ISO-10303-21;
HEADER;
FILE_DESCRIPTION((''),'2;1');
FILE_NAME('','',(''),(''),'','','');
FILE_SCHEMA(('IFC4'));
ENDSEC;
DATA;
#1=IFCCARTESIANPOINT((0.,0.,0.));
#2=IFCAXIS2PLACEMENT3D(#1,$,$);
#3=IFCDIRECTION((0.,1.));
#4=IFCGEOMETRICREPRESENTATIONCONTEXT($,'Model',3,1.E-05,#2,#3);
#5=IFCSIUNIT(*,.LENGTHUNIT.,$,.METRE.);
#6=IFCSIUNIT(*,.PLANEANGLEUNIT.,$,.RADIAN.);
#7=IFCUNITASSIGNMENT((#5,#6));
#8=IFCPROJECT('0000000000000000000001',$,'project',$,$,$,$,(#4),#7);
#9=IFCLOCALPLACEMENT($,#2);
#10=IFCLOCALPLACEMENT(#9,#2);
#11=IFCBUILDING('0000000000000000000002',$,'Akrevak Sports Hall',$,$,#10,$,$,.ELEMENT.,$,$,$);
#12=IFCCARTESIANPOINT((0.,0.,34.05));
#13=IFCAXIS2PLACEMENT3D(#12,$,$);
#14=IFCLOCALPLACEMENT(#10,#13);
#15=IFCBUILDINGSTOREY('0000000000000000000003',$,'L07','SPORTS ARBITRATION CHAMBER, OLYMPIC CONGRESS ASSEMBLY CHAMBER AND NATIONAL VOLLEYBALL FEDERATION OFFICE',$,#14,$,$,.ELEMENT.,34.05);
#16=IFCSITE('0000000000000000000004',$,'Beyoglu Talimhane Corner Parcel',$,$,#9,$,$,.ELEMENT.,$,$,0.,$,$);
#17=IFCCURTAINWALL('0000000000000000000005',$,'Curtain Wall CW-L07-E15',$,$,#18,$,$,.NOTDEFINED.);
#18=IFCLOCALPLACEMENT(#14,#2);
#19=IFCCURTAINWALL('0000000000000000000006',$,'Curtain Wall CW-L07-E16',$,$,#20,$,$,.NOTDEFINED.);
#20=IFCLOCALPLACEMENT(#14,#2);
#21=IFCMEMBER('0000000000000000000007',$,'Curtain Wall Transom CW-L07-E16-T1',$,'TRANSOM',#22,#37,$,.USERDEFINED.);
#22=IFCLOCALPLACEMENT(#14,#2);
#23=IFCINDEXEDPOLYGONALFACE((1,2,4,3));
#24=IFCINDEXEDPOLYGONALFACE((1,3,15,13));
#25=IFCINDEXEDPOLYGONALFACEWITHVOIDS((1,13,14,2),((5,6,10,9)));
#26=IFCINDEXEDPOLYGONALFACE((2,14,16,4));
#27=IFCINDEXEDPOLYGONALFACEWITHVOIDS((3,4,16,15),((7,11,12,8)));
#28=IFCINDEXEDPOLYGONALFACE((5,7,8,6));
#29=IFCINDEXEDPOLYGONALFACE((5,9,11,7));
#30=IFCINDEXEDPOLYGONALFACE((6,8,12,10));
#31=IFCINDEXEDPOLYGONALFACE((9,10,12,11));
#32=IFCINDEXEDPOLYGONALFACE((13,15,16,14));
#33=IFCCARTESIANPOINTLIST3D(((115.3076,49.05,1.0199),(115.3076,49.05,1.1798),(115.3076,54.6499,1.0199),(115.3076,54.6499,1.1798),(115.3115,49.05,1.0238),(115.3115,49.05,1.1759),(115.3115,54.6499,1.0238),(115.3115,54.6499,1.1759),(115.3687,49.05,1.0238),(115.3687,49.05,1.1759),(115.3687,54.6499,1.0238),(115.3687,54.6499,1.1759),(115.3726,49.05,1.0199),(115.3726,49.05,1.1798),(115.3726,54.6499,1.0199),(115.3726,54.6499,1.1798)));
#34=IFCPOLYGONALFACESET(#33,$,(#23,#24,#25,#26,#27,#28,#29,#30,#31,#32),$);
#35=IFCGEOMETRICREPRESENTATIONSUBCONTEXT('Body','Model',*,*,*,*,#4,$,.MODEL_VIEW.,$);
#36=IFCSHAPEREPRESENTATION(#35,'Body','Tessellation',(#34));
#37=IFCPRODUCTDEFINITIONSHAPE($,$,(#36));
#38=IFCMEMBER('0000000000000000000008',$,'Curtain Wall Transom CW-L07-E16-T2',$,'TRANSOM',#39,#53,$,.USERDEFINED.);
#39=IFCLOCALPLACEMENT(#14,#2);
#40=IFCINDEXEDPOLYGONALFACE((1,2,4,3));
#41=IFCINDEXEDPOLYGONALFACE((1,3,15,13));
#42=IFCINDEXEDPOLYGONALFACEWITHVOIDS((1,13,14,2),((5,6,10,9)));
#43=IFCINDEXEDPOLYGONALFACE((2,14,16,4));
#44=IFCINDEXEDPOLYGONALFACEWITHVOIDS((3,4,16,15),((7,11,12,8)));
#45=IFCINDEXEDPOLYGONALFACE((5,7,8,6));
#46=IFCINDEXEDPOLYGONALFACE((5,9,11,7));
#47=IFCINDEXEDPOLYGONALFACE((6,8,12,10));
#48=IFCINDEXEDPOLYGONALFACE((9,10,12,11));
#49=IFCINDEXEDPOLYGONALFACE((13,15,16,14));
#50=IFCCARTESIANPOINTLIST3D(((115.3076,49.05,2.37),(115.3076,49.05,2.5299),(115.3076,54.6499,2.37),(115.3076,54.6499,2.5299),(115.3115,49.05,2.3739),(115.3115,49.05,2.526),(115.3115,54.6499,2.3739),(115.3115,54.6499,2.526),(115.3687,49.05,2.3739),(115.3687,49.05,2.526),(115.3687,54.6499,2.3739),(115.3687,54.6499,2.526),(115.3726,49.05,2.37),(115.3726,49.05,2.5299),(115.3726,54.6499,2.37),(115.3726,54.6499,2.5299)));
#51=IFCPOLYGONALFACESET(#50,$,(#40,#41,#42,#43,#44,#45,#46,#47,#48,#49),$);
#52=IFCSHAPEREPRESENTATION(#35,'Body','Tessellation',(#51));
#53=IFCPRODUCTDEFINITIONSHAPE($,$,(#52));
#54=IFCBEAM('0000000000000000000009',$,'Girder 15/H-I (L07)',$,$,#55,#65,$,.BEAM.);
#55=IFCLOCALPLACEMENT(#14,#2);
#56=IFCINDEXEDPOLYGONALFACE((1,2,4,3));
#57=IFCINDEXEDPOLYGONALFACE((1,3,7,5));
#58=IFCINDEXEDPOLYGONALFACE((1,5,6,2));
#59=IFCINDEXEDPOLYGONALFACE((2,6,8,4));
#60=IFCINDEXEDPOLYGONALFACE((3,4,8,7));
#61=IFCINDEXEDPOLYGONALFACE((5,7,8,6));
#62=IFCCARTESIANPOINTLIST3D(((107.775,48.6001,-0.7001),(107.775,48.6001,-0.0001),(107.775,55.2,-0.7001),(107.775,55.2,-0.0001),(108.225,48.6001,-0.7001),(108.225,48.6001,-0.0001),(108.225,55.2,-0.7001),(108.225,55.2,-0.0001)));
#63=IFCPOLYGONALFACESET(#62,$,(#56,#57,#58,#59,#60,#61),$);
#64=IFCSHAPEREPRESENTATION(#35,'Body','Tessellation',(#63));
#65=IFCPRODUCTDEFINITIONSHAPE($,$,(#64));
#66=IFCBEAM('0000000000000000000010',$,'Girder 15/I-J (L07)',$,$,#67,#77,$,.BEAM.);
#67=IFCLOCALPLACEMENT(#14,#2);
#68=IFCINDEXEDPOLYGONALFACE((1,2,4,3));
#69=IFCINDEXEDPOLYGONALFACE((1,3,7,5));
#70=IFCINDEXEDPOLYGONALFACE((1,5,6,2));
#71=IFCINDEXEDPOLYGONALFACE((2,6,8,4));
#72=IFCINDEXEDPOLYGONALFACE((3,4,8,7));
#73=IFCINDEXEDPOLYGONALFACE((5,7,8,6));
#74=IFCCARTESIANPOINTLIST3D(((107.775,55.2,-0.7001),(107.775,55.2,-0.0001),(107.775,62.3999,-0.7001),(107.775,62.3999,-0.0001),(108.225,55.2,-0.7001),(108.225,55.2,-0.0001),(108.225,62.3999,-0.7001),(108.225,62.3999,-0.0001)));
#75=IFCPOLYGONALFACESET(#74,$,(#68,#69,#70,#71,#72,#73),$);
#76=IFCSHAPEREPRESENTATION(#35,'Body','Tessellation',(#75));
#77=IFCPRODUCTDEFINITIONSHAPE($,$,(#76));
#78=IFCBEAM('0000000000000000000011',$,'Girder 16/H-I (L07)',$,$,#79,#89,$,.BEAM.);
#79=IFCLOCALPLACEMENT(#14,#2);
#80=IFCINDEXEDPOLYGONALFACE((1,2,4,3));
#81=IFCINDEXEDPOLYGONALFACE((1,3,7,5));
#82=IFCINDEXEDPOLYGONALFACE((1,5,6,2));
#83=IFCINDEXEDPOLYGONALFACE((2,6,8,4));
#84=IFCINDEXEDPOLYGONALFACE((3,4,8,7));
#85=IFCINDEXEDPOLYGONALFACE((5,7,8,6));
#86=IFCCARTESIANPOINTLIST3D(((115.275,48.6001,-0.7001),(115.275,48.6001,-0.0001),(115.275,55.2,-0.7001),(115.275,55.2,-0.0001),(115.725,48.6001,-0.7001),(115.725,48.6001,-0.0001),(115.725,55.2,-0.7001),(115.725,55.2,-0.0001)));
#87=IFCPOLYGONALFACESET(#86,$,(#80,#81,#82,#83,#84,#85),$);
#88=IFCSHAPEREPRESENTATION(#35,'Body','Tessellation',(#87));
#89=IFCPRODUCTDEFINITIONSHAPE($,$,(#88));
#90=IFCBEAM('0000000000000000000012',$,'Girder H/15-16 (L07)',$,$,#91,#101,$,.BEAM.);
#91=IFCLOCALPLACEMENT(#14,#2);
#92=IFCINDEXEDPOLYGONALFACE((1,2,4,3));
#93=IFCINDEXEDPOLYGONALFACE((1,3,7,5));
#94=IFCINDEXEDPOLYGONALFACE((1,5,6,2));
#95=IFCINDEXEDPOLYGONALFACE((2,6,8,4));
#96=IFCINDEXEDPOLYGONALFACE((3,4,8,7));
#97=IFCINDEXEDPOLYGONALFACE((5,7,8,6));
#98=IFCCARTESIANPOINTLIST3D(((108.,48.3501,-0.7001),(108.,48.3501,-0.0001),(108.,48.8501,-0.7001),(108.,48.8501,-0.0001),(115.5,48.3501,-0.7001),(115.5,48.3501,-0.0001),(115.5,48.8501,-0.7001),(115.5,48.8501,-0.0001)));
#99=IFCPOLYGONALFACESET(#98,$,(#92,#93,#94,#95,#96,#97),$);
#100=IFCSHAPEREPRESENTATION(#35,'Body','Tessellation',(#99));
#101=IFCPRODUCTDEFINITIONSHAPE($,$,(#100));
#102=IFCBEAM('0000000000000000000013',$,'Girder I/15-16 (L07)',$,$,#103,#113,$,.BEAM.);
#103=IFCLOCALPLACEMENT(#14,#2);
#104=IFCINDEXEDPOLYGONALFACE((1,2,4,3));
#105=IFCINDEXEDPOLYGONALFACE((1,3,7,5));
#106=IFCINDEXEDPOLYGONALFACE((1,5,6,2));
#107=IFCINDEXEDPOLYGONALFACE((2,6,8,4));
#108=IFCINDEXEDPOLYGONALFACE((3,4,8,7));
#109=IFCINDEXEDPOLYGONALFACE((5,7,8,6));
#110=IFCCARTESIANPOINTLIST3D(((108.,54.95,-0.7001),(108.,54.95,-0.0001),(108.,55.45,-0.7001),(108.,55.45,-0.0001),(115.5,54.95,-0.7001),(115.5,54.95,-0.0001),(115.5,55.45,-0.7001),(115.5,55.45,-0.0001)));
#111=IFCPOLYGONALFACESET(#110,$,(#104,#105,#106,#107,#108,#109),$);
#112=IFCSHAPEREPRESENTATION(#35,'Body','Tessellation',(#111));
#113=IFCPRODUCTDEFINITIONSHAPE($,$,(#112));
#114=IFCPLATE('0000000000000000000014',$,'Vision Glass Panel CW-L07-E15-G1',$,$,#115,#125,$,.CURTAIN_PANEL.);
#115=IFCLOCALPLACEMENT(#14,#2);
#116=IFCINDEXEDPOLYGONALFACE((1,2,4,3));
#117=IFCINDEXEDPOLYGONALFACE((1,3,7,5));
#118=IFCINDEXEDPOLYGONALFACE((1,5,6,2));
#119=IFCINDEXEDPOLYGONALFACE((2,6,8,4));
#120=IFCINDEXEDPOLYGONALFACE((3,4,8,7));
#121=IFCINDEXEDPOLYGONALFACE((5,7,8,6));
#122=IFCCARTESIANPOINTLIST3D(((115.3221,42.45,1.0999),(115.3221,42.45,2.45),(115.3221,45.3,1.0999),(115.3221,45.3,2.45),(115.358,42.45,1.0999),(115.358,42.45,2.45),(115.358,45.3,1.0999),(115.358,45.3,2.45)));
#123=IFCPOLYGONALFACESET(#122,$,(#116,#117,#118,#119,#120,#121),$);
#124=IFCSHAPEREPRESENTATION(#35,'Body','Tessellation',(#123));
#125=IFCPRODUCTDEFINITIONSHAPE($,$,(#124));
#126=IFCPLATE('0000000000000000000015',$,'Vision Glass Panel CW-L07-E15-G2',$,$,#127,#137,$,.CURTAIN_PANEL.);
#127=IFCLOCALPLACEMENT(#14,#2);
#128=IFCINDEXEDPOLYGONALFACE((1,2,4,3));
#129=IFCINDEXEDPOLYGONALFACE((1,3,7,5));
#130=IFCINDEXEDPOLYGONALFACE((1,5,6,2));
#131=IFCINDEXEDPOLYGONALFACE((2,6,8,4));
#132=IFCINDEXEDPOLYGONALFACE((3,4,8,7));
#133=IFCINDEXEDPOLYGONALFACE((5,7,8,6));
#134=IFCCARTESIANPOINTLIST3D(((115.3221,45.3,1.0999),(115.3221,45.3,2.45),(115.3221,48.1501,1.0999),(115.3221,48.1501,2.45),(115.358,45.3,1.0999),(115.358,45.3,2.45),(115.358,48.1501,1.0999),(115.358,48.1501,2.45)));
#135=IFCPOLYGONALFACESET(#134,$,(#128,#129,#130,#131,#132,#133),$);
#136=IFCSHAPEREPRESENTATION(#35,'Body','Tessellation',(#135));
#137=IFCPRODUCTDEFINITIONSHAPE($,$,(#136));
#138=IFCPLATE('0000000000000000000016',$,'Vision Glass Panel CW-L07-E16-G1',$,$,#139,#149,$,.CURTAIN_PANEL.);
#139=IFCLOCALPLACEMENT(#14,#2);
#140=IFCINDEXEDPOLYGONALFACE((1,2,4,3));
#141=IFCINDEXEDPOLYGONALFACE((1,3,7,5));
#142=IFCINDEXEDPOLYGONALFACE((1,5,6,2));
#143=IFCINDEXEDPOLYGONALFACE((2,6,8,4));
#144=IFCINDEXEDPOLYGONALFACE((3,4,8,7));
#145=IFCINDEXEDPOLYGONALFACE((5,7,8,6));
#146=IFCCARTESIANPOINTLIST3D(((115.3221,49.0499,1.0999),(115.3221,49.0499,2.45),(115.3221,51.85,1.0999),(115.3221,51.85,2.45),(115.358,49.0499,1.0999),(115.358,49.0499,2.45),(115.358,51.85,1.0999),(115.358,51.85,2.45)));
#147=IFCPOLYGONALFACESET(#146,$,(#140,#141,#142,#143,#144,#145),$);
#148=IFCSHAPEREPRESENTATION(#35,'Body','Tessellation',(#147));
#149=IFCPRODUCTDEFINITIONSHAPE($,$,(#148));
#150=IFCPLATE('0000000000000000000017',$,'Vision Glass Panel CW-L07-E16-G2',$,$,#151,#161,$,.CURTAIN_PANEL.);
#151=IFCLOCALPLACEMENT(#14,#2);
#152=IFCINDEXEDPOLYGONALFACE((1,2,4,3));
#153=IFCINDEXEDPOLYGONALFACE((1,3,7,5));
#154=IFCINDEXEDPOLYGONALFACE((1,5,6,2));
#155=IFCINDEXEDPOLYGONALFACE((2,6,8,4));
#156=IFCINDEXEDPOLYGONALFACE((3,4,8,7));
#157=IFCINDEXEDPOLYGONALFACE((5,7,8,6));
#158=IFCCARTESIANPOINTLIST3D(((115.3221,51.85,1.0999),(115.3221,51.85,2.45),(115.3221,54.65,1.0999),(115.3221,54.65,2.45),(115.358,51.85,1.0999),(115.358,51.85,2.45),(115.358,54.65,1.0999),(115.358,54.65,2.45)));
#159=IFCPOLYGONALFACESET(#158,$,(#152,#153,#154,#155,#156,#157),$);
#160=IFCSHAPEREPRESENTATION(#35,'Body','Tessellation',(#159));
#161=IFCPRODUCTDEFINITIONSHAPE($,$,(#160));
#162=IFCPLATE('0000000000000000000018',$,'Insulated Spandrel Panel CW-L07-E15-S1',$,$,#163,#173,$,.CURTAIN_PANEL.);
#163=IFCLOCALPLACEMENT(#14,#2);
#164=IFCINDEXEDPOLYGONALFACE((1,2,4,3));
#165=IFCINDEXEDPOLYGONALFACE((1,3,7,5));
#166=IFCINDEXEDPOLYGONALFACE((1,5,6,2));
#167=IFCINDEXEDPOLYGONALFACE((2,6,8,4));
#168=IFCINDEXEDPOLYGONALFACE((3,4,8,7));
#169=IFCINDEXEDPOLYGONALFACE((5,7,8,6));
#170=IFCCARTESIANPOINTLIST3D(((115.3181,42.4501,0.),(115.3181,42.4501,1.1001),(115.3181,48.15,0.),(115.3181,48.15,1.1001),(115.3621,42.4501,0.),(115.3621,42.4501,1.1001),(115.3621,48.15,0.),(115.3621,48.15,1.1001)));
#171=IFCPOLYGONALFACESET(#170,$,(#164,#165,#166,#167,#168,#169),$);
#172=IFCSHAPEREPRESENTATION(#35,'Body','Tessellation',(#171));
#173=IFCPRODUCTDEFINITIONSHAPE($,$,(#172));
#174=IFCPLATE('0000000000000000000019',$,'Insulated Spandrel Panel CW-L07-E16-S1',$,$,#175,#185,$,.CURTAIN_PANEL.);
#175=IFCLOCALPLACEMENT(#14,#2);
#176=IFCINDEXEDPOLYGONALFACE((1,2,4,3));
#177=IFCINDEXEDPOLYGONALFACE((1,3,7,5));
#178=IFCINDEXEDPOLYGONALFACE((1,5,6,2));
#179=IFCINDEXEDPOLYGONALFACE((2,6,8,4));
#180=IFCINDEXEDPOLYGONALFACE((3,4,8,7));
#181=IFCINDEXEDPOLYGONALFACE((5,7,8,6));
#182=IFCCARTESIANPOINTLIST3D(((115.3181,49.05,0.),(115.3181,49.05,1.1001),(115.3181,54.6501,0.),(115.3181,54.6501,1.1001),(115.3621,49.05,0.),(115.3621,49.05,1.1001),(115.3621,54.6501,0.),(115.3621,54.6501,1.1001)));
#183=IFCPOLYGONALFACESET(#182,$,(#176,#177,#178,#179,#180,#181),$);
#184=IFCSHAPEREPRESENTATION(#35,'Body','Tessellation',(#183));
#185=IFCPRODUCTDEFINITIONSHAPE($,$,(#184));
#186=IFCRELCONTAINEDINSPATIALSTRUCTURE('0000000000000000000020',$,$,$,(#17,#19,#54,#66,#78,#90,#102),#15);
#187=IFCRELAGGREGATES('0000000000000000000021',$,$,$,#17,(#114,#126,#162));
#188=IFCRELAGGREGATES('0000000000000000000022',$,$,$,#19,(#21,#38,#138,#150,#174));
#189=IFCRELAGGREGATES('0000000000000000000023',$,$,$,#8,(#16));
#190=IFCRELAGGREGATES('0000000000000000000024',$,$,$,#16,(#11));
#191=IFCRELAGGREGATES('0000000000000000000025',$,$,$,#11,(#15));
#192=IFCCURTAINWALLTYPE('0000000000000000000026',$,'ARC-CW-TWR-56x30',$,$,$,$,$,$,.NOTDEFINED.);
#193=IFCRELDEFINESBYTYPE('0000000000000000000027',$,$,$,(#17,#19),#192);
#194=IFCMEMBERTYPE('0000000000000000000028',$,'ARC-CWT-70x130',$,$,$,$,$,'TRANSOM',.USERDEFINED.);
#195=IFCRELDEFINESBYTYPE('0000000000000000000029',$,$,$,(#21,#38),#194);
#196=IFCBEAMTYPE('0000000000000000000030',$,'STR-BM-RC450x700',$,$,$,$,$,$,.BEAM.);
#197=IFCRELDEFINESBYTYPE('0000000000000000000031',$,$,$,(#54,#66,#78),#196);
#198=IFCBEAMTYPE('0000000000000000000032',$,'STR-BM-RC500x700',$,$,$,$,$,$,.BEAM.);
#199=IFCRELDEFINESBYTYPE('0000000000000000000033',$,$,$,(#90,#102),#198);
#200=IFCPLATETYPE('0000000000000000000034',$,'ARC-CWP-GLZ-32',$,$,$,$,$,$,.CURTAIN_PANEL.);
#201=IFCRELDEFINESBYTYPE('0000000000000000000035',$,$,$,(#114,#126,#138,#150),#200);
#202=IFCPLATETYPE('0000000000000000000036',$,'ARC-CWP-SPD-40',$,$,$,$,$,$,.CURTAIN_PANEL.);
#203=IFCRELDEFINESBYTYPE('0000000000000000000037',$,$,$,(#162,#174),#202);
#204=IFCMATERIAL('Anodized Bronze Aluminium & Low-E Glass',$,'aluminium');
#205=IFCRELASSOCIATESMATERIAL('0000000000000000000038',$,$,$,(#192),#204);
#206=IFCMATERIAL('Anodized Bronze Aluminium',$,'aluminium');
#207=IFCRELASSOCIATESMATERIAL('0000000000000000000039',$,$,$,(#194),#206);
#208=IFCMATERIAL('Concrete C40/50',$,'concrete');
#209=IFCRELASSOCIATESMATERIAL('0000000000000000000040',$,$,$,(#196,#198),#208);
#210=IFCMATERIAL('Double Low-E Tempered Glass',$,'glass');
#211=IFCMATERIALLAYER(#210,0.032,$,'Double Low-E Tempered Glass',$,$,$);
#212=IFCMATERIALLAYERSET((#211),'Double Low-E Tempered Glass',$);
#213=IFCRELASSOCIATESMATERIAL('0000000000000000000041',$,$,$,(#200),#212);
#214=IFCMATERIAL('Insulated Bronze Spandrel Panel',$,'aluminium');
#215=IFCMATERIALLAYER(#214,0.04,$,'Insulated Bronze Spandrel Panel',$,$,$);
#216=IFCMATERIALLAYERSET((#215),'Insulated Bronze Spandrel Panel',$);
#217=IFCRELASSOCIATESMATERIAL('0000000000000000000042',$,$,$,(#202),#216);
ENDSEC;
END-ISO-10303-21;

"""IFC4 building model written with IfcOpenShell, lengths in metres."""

from ifc_helpers import new_model, si_unit, direction, frame, origin, origin_2d, place, context, subcontext, project, spatial, rectangle, hollow_rectangle, extrude, material, layer, layer_set, material_profile, profile_set, type_object, element, aggregate, save


model = new_model("IFC4")

# Units and contexts
model_context = context("Model", 3, precision=1e-05, world=origin(), true_north=direction((0.0, 1.0)))
body_context = subcontext(model_context, "Body", "Model", "MODEL_VIEW")
ifc_project = project(units=[si_unit("LENGTHUNIT", "METRE"), si_unit("PLANEANGLEUNIT", "RADIAN")], contexts=[model_context])

# Site, building, storey
site_placement = place(None, origin())
site = spatial("IfcSite", under=ifc_project, at=site_placement, Name="Beyoglu Talimhane Corner Parcel", CompositionType="ELEMENT", RefElevation=0.0)
building_placement = place(site_placement, origin())
building = spatial("IfcBuilding", under=site, at=building_placement, Name="Akrevak Sports Hall", CompositionType="ELEMENT")
storey_placement = place(building_placement, frame((0.0, 0.0, 34.05)))
storey = spatial("IfcBuildingStorey", under=building, at=storey_placement, Name="L07", Description="SPORTS ARBITRATION CHAMBER, OLYMPIC CONGRESS ASSEMBLY CHAMBER AND NATIONAL VOLLEYBALL FEDERATION OFFICE", CompositionType="ELEMENT", Elevation=34.05)

# Shared definitions
ifc_material_1 = material(Name="Concrete C40/50", Category="concrete")

# Curtain walls
ifc_material_2 = material(Name="Anodized Bronze Aluminium & Low-E Glass", Category="aluminium")
curtain_wall_type = type_object("IfcCurtainWallType", Name="ARC-CW-TWR-56x30", PredefinedType="NOTDEFINED", material=ifc_material_2)
curtain_wall_1_placement = place(storey_placement, origin())
curtain_wall_1 = element("IfcCurtainWall", 1, at=curtain_wall_1_placement, inside=storey, type_object=curtain_wall_type, Name="Curtain Wall CW-L07-E15", PredefinedType="NOTDEFINED")
ifc_material_3 = material(Name="Anodized Bronze Aluminium", Category="aluminium")
curtain_wall_2_placement = place(storey_placement, origin())
curtain_wall_2 = element("IfcCurtainWall", 2, at=curtain_wall_2_placement, inside=storey, type_object=curtain_wall_type, Name="Curtain Wall CW-L07-E16", PredefinedType="NOTDEFINED")

# Members
ifc_material_profile_1 = material_profile(ifc_material_3, hollow_rectangle(XDim=0.0649, YDim=0.1599, WallThickness=0.0039, at=origin_2d()), Name="CWT 65x160", Category="aluminium")
ifc_profile_set_1 = profile_set([ifc_material_profile_1], Name="Anodized Bronze Aluminium")
member_type_1 = type_object("IfcMemberType", Name="ARC-CWT-70x130", ElementType="TRANSOM", PredefinedType="USERDEFINED", material=ifc_profile_set_1)
member_1_placement = place(storey_placement, frame((115.3401, 49.05, 1.0999), z_axis=(0.0, 1.0, 0.0), x_axis=(-1.0, 0.0, 0.0)))
member_1 = element("IfcMember", 3, at=member_1_placement, type_object=member_type_1, Name="Curtain Wall Transom CW-L07-E16-T1", ObjectType="TRANSOM", PredefinedType="USERDEFINED", context=body_context, shape_type="SweptSolid", body=[
    extrude(hollow_rectangle(XDim=0.0649, YDim=0.1599, WallThickness=0.0039, at=origin_2d()), origin(), (0.0, 0.0, 1.0), 5.5999),
])
member_2_placement = place(storey_placement, frame((115.3401, 49.05, 2.45), z_axis=(0.0, 1.0, 0.0), x_axis=(-1.0, 0.0, 0.0)))
member_2 = element("IfcMember", 4, at=member_2_placement, type_object=member_type_1, Name="Curtain Wall Transom CW-L07-E16-T2", ObjectType="TRANSOM", PredefinedType="USERDEFINED", context=body_context, shape_type="SweptSolid", body=[
    extrude(hollow_rectangle(XDim=0.0649, YDim=0.1599, WallThickness=0.0039, at=origin_2d()), origin(), (0.0, 0.0, 1.0), 5.5999),
])

# Beams
ifc_material_profile_2 = material_profile(ifc_material_1, rectangle(XDim=0.45, YDim=0.7, at=origin_2d()), Name="BM 450x700", Category="concrete")
ifc_profile_set_2 = profile_set([ifc_material_profile_2], Name="Concrete C40/50")
beam_type_1 = type_object("IfcBeamType", Name="STR-BM-RC450x700", PredefinedType="BEAM", material=ifc_profile_set_2)
beam_1_placement = place(storey_placement, frame((108.0, 48.6001, -0.3501), z_axis=(0.0, 1.0, 0.0), x_axis=(-1.0, 0.0, 0.0)))
element("IfcBeam", 5, at=beam_1_placement, inside=storey, type_object=beam_type_1, Name="Girder 15/H-I (L07)", PredefinedType="BEAM", context=body_context, shape_type="SweptSolid", body=[
    extrude(rectangle(XDim=0.45, YDim=0.7, at=origin_2d()), origin(), (0.0, 0.0, 1.0), 6.5999),
])
beam_2_placement = place(storey_placement, frame((108.0, 55.2, -0.3501), z_axis=(0.0, 1.0, 0.0), x_axis=(-1.0, 0.0, 0.0)))
element("IfcBeam", 6, at=beam_2_placement, inside=storey, type_object=beam_type_1, Name="Girder 15/I-J (L07)", PredefinedType="BEAM", context=body_context, shape_type="SweptSolid", body=[
    extrude(rectangle(XDim=0.45, YDim=0.7, at=origin_2d()), origin(), (0.0, 0.0, 1.0), 7.2),
])
beam_3_placement = place(storey_placement, frame((115.5, 48.6001, -0.3501), z_axis=(0.0, 1.0, 0.0), x_axis=(-1.0, 0.0, 0.0)))
element("IfcBeam", 7, at=beam_3_placement, inside=storey, type_object=beam_type_1, Name="Girder 16/H-I (L07)", PredefinedType="BEAM", context=body_context, shape_type="SweptSolid", body=[
    extrude(rectangle(XDim=0.45, YDim=0.7, at=origin_2d()), origin(), (0.0, 0.0, 1.0), 6.5999),
])
ifc_material_profile_3 = material_profile(ifc_material_1, rectangle(XDim=0.5, YDim=0.7, at=origin_2d()), Name="BM 500x700", Category="concrete")
ifc_profile_set_3 = profile_set([ifc_material_profile_3], Name="Concrete C40/50")
beam_type_2 = type_object("IfcBeamType", Name="STR-BM-RC500x700", PredefinedType="BEAM", material=ifc_profile_set_3)
for number, where, z_axis, x_axis, name in (
    (8, (108.0, 48.6001, -0.3501), (1.0, 0.0, 0.0), (0.0, 1.0, 0.0), "Girder H/15-16 (L07)"),
    (9, (108.0, 55.2, -0.3501), (1.0, 0.0, 0.0), (0.0, 1.0, 0.0), "Girder I/15-16 (L07)"),
):
    element("IfcBeam", number, at=place(storey_placement, frame(where, z_axis=z_axis, x_axis=x_axis)), inside=storey, type_object=beam_type_2, Name=name, PredefinedType="BEAM", context=body_context, shape_type="SweptSolid", body=[
        extrude(rectangle(XDim=0.5, YDim=0.7, at=origin_2d()), origin(), (0.0, 0.0, 1.0), 7.5),
    ])

# Plates
ifc_material_4 = material(Name="Double Low-E Tempered Glass", Category="glass")
ifc_layer_1 = layer(ifc_material_4, 0.032, Name="Double Low-E Tempered Glass")
ifc_layer_set_1 = layer_set([ifc_layer_1], Name="Double Low-E Tempered Glass")
plate_type_1 = type_object("IfcPlateType", Name="ARC-CWP-GLZ-32", PredefinedType="CURTAIN_PANEL", material=ifc_layer_set_1)
plate_1_placement = place(storey_placement, frame((115.3401, 43.875, 1.0999), z_axis=(0.0, 0.0, 1.0), x_axis=(0.0, 1.0, 0.0)))
plate_1 = element("IfcPlate", 10, at=plate_1_placement, type_object=plate_type_1, Name="Vision Glass Panel CW-L07-E15-G1", PredefinedType="CURTAIN_PANEL", context=body_context, shape_type="SweptSolid", body=[
    extrude(rectangle(XDim=2.8501, YDim=0.0359, at=origin_2d()), origin(), (0.0, 0.0, 1.0), 1.3501),
])
plate_2_placement = place(storey_placement, frame((115.3401, 46.7251, 1.0999), z_axis=(0.0, 0.0, 1.0), x_axis=(0.0, 1.0, 0.0)))
plate_2 = element("IfcPlate", 11, at=plate_2_placement, type_object=plate_type_1, Name="Vision Glass Panel CW-L07-E15-G2", PredefinedType="CURTAIN_PANEL", context=body_context, shape_type="SweptSolid", body=[
    extrude(rectangle(XDim=2.8501, YDim=0.0359, at=origin_2d()), origin(), (0.0, 0.0, 1.0), 1.3501),
])
plate_3_placement = place(storey_placement, frame((115.3401, 50.45, 1.0999), z_axis=(0.0, 0.0, 1.0), x_axis=(0.0, 1.0, 0.0)))
plate_3 = element("IfcPlate", 12, at=plate_3_placement, type_object=plate_type_1, Name="Vision Glass Panel CW-L07-E16-G1", PredefinedType="CURTAIN_PANEL", context=body_context, shape_type="SweptSolid", body=[
    extrude(rectangle(XDim=2.8, YDim=0.0359, at=origin_2d()), origin(), (0.0, 0.0, 1.0), 1.3501),
])
plate_4_placement = place(storey_placement, frame((115.3401, 53.25, 1.0999), z_axis=(0.0, 0.0, 1.0), x_axis=(0.0, 1.0, 0.0)))
plate_4 = element("IfcPlate", 13, at=plate_4_placement, type_object=plate_type_1, Name="Vision Glass Panel CW-L07-E16-G2", PredefinedType="CURTAIN_PANEL", context=body_context, shape_type="SweptSolid", body=[
    extrude(rectangle(XDim=2.8, YDim=0.0359, at=origin_2d()), origin(), (0.0, 0.0, 1.0), 1.3501),
])
ifc_material_5 = material(Name="Insulated Bronze Spandrel Panel", Category="aluminium")
ifc_layer_2 = layer(ifc_material_5, 0.04, Name="Insulated Bronze Spandrel Panel")
ifc_layer_set_2 = layer_set([ifc_layer_2], Name="Insulated Bronze Spandrel Panel")
plate_type_2 = type_object("IfcPlateType", Name="ARC-CWP-SPD-40", PredefinedType="CURTAIN_PANEL", material=ifc_layer_set_2)
plate_5_placement = place(storey_placement, frame((115.3401, 45.3, 0.0), z_axis=(0.0, 0.0, 1.0), x_axis=(0.0, 1.0, 0.0)))
plate_5 = element("IfcPlate", 14, at=plate_5_placement, type_object=plate_type_2, Name="Insulated Spandrel Panel CW-L07-E15-S1", PredefinedType="CURTAIN_PANEL", context=body_context, shape_type="SweptSolid", body=[
    extrude(rectangle(XDim=5.7, YDim=0.0439, at=origin_2d()), origin(), (0.0, 0.0, 1.0), 1.1001),
])
aggregate(curtain_wall_1, [plate_1, plate_2, plate_5])
plate_6_placement = place(storey_placement, frame((115.3401, 51.8501, 0.0), z_axis=(0.0, 0.0, 1.0), x_axis=(0.0, 1.0, 0.0)))
plate_6 = element("IfcPlate", 15, at=plate_6_placement, type_object=plate_type_2, Name="Insulated Spandrel Panel CW-L07-E16-S1", PredefinedType="CURTAIN_PANEL", context=body_context, shape_type="SweptSolid", body=[
    extrude(rectangle(XDim=5.6001, YDim=0.0439, at=origin_2d()), origin(), (0.0, 0.0, 1.0), 1.1001),
])
aggregate(curtain_wall_2, [member_1, member_2, plate_3, plate_4, plate_6])

save(model, "model.ifc")
